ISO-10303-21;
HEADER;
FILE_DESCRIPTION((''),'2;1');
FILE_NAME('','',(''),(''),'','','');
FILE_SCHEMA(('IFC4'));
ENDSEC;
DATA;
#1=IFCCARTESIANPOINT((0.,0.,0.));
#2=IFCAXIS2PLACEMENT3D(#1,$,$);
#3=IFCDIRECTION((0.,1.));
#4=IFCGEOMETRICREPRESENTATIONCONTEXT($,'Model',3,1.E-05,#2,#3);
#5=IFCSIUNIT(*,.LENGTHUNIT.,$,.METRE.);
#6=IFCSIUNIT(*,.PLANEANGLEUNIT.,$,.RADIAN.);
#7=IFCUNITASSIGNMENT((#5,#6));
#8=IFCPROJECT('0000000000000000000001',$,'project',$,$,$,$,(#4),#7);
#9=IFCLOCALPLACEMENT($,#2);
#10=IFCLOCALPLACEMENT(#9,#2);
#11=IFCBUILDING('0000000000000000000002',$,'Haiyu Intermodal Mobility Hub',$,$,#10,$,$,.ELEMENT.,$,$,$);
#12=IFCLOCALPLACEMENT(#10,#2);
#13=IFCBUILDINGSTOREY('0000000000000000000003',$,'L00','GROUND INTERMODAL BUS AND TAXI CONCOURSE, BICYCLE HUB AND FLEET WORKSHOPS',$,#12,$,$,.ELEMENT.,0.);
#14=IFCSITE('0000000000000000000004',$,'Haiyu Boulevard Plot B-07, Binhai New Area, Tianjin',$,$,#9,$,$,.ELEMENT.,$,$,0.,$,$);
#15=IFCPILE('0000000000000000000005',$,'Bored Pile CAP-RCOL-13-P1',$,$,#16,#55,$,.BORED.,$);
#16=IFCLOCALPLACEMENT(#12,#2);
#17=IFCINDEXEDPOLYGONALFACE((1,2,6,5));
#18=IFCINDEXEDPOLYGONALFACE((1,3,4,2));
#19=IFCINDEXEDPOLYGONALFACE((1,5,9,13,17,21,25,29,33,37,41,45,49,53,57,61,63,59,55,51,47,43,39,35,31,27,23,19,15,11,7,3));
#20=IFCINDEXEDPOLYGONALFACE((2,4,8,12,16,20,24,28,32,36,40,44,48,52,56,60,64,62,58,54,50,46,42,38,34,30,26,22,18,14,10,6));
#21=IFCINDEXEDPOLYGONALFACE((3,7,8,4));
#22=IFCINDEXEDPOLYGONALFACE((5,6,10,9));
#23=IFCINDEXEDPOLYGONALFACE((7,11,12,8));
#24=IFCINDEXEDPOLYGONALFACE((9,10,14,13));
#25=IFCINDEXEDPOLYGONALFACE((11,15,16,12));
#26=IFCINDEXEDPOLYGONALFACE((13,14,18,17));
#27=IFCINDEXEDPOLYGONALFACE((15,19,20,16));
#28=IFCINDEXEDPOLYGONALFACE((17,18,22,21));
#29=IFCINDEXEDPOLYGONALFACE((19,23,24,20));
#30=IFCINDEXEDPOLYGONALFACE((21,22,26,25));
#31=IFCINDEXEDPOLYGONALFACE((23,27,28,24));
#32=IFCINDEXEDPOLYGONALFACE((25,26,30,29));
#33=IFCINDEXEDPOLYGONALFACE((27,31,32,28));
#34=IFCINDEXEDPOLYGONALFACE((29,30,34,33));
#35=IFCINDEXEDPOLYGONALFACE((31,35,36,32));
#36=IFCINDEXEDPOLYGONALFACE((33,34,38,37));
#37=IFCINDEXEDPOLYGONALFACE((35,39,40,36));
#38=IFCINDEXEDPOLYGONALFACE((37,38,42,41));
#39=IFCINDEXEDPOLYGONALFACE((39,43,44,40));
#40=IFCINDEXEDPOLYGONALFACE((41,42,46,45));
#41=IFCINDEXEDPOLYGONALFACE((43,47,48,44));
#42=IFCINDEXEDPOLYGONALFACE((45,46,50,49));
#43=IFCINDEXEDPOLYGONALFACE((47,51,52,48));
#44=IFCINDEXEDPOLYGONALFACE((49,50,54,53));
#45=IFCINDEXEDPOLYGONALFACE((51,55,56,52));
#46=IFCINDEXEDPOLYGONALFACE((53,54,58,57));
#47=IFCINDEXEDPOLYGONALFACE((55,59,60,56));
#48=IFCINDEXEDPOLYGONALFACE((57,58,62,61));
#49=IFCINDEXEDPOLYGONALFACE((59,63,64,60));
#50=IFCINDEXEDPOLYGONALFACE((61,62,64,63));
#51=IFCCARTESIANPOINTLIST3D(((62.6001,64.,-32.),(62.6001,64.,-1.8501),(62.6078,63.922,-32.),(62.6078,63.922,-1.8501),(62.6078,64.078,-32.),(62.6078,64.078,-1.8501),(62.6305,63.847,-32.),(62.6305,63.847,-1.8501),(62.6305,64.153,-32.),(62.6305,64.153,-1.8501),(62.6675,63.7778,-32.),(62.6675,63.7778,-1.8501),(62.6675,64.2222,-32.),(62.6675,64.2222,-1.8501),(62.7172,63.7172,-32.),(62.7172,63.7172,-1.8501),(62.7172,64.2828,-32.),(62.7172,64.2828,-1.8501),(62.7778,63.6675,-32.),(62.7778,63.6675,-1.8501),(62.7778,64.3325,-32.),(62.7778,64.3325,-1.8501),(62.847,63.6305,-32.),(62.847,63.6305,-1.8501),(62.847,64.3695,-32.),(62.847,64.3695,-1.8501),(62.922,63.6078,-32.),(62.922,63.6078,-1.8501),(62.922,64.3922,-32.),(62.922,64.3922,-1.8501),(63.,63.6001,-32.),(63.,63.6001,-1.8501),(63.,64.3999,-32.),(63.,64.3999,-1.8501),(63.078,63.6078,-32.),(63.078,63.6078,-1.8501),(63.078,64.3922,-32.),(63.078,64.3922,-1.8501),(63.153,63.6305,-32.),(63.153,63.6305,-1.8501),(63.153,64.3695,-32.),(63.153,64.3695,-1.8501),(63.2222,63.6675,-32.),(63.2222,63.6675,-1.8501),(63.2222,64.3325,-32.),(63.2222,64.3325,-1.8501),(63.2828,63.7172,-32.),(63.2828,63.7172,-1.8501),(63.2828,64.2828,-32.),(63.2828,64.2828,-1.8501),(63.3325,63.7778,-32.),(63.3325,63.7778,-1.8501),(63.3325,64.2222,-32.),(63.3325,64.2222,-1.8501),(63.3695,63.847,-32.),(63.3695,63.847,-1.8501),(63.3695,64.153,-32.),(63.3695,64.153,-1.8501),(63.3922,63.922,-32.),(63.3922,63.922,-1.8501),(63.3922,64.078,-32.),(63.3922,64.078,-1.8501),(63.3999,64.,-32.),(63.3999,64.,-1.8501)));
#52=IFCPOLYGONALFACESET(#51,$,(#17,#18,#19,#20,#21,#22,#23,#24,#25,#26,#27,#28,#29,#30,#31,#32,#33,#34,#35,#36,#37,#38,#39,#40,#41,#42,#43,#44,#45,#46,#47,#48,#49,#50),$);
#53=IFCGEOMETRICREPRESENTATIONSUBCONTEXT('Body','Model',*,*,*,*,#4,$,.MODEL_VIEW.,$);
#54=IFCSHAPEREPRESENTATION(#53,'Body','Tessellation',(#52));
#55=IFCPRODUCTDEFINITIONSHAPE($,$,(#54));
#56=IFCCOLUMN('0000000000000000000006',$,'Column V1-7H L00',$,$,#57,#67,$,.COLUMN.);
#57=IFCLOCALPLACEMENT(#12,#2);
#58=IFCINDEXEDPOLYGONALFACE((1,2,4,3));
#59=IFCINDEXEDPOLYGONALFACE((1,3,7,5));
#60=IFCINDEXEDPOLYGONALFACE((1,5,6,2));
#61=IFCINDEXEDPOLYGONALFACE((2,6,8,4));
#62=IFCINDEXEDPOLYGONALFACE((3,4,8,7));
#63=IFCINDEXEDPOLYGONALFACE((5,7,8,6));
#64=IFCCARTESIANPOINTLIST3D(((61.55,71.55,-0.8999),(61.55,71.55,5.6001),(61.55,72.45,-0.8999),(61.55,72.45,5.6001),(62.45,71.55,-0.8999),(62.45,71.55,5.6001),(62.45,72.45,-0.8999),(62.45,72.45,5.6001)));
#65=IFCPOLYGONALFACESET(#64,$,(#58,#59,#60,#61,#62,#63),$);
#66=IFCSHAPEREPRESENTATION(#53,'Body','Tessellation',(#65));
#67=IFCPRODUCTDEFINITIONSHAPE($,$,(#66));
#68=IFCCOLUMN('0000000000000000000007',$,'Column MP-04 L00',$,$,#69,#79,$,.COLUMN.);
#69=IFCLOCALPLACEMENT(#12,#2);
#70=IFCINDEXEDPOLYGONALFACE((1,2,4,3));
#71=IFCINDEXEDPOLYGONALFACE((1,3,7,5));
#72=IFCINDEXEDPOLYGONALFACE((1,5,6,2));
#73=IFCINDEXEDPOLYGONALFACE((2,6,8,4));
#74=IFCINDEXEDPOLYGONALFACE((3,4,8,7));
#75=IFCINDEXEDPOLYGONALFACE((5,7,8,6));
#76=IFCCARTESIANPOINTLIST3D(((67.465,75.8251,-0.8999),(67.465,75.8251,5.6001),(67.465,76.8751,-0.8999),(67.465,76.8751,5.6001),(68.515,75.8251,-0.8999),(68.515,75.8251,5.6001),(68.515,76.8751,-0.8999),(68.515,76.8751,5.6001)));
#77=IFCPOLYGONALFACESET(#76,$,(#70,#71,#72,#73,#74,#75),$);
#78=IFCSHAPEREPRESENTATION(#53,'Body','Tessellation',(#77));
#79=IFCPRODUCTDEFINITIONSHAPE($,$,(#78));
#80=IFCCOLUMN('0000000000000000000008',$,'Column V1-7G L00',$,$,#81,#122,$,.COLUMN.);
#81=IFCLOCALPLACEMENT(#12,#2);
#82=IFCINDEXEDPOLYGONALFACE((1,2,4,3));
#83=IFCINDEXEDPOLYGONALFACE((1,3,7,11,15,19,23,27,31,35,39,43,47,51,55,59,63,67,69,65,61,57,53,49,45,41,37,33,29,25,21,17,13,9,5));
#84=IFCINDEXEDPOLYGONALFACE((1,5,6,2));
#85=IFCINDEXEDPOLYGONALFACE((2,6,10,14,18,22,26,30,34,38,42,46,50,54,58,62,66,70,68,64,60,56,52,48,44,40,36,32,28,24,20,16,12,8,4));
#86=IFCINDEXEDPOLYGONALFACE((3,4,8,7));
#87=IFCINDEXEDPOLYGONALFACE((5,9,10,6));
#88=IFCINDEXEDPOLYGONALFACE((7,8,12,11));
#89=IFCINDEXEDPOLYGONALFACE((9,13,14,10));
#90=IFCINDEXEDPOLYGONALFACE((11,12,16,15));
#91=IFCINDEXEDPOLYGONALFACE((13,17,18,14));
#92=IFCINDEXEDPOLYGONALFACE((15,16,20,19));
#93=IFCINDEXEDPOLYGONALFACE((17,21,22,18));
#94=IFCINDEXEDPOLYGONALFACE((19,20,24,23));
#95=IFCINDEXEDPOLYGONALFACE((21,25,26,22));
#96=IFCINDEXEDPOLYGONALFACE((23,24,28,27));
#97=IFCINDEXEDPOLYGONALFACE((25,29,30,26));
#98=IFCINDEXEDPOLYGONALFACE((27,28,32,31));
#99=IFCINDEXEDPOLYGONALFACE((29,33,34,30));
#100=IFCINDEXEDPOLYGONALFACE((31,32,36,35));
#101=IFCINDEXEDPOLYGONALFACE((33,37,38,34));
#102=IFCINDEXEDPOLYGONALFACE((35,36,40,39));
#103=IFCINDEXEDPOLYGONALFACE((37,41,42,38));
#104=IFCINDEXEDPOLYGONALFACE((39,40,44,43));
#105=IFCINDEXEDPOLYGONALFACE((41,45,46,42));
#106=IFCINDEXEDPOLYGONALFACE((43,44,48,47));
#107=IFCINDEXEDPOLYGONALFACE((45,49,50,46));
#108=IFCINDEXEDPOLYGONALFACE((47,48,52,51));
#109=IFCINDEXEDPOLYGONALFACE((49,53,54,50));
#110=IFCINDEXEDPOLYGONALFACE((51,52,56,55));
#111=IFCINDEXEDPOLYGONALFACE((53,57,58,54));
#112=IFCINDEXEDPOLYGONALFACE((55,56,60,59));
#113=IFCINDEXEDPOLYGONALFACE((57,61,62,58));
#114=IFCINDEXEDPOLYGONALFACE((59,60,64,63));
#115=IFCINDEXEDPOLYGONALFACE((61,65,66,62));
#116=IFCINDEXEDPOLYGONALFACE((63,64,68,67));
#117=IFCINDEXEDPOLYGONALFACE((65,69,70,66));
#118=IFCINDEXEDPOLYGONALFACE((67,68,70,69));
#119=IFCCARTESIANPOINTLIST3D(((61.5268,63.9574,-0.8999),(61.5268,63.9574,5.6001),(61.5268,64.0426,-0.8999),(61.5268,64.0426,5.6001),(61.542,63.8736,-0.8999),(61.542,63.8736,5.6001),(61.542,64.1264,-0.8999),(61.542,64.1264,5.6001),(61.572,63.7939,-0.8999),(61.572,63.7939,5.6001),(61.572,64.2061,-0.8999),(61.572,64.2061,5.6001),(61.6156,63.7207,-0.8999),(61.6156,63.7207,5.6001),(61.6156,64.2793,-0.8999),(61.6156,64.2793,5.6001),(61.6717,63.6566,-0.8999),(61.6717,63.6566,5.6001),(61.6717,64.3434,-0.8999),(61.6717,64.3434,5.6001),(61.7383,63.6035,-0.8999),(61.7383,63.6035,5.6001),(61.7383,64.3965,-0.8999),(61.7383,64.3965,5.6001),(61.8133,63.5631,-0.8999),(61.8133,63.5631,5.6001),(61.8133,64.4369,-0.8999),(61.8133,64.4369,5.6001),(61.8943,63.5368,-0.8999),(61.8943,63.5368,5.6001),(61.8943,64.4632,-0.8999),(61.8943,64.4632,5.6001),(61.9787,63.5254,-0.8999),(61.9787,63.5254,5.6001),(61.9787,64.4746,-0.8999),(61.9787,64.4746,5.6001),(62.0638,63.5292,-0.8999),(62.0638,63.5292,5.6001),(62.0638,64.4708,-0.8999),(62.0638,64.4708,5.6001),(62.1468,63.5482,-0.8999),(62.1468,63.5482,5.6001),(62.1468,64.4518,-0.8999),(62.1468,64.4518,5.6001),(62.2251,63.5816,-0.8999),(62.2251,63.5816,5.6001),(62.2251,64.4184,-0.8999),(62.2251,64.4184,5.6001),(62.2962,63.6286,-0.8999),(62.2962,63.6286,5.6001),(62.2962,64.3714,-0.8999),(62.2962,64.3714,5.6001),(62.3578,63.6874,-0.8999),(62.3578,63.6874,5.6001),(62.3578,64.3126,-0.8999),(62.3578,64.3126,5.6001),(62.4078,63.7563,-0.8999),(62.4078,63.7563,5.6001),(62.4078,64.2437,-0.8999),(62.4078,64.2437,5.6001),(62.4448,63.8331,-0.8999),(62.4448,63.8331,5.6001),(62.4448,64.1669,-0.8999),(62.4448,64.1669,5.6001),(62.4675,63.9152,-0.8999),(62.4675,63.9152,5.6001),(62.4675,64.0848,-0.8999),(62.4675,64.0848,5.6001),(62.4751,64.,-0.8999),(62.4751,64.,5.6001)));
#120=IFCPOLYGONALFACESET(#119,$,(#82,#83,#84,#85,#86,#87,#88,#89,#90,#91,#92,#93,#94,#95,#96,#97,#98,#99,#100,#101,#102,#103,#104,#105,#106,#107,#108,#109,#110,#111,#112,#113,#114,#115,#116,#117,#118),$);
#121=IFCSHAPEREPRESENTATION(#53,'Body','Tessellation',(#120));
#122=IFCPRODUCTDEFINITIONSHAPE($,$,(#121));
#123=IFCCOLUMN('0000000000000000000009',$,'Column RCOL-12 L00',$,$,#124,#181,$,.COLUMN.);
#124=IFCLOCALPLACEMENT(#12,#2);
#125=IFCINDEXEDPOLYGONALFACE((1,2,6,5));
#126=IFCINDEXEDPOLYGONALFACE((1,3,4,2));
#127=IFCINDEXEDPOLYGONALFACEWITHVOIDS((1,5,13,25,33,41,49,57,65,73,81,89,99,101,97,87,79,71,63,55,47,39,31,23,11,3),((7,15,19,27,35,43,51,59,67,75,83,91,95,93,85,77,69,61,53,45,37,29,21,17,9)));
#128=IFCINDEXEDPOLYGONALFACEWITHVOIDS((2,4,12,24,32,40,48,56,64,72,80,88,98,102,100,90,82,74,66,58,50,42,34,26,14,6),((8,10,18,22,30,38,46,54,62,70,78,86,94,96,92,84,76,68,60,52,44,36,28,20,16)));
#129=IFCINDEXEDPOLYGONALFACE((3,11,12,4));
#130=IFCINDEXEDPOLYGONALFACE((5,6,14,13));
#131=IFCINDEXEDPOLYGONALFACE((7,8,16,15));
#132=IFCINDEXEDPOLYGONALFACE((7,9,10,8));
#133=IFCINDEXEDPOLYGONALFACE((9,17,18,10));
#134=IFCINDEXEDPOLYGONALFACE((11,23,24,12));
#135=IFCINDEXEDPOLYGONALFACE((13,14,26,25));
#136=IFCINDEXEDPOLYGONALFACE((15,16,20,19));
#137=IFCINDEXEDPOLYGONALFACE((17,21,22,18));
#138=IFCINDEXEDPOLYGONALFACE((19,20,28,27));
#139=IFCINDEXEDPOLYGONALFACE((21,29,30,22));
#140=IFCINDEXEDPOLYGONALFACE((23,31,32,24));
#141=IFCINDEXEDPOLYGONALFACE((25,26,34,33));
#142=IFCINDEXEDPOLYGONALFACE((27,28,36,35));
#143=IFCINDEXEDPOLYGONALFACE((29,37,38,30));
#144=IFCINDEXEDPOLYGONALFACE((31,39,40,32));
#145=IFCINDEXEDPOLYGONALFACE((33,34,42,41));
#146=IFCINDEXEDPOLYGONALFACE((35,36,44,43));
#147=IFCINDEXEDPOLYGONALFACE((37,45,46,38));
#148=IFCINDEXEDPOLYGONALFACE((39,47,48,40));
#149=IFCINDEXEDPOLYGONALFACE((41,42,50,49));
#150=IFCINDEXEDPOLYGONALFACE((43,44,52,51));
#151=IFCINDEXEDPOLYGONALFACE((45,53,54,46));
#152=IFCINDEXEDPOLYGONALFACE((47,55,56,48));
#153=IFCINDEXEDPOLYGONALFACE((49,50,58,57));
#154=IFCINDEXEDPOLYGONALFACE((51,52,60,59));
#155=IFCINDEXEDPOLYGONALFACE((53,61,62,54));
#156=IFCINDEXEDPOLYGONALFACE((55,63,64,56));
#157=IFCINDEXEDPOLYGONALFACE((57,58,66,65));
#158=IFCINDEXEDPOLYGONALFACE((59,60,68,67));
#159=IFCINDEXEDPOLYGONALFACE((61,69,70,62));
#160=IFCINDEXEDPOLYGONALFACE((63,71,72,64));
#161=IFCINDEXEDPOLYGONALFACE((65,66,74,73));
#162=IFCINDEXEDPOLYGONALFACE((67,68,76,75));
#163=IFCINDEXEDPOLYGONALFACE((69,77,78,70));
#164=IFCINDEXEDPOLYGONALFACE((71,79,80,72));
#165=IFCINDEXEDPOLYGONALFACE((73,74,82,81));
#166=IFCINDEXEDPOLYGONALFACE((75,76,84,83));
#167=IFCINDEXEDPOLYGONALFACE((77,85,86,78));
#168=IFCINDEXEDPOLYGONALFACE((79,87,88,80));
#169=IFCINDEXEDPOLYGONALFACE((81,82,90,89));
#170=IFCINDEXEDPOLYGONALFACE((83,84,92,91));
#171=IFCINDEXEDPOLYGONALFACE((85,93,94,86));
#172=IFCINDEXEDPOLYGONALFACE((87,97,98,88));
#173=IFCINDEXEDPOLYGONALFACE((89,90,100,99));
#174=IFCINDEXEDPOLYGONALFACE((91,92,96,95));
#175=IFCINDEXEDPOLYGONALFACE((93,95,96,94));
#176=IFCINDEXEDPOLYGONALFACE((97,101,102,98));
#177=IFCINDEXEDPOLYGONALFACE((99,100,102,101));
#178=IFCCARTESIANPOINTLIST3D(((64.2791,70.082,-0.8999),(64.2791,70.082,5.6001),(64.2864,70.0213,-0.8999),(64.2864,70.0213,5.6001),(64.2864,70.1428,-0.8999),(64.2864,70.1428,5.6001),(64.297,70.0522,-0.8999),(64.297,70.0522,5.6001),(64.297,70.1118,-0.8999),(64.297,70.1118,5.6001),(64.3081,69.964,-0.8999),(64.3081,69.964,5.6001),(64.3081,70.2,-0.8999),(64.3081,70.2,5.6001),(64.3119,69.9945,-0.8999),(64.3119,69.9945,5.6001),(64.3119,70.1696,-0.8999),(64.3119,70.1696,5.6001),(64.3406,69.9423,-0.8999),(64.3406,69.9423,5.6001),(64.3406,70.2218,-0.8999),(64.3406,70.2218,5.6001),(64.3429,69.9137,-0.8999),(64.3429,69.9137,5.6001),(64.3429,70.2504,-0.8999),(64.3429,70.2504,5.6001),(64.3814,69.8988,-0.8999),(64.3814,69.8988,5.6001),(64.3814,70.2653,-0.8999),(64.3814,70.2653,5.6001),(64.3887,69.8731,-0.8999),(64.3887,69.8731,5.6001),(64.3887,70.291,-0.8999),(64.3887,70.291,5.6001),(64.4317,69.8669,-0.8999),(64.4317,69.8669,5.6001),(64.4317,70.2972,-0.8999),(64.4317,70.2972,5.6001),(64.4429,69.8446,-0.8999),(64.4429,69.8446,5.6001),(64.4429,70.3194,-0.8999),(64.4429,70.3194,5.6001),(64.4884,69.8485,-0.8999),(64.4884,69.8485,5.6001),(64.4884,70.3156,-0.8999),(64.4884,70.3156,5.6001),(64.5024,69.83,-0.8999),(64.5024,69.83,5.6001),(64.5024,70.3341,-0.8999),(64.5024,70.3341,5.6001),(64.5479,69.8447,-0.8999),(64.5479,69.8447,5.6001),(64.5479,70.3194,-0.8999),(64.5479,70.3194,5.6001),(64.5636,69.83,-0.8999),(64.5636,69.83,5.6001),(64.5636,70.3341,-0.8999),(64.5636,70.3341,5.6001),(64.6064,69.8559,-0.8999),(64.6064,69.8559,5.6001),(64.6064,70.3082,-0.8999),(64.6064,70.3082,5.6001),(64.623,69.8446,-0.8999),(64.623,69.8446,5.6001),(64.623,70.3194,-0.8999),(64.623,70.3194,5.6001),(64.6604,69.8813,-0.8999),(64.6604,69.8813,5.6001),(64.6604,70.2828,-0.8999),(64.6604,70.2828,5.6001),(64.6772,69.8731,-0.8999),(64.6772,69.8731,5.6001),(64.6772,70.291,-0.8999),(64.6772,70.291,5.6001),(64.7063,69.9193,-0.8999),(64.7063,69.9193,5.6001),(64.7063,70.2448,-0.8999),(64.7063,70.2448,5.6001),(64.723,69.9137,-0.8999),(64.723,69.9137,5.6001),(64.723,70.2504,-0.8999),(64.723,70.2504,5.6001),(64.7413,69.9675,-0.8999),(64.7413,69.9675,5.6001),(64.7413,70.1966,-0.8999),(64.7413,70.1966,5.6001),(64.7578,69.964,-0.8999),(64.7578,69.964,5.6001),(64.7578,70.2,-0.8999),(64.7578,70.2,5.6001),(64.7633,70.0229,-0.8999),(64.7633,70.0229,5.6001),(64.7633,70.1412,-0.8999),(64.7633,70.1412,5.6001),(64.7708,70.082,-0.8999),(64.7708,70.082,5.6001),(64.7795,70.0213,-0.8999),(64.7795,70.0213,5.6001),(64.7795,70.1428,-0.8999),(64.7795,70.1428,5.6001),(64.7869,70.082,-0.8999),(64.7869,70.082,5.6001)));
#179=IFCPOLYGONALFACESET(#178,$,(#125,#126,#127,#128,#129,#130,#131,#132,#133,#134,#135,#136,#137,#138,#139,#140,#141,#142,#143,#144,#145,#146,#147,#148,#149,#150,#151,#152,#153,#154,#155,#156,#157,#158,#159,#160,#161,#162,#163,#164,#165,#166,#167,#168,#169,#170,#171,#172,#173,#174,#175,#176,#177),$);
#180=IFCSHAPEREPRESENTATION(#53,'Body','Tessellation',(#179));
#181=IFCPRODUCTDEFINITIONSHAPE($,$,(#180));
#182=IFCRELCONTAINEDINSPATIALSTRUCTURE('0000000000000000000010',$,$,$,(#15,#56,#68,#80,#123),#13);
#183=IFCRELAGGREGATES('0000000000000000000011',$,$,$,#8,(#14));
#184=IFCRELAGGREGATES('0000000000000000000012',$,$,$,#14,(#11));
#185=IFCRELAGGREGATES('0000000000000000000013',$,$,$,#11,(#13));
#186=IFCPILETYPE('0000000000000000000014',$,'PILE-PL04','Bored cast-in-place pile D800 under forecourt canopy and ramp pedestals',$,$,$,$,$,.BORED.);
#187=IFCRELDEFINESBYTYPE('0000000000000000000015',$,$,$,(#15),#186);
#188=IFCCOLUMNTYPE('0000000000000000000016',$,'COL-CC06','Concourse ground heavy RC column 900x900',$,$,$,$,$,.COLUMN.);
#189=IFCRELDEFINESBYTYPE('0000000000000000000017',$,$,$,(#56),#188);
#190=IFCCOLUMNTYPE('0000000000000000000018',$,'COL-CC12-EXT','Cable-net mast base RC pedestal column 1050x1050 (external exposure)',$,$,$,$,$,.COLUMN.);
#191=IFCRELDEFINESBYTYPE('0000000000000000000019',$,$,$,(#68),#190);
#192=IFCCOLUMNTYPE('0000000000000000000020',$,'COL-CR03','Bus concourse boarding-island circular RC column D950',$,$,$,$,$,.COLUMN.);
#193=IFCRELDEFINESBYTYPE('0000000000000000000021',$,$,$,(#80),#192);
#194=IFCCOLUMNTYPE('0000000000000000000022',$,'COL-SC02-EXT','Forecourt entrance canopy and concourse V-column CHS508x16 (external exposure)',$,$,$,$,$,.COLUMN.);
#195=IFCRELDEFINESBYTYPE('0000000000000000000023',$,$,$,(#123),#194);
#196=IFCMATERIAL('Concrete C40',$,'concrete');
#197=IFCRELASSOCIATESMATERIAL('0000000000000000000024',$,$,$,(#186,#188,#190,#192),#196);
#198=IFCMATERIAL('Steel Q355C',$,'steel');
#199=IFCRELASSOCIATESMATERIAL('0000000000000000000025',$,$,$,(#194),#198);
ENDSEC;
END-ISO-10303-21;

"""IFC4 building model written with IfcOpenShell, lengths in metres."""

from ifc_helpers import new_model, si_unit, direction, frame, origin, origin_2d, place, context, subcontext, project, spatial, rectangle, circle, hollow_circle, extrude, material, material_profile, profile_set, type_object, element, save


model = new_model("IFC4")

# Units and contexts
model_context = context("Model", 3, precision=1e-05, world=origin(), true_north=direction((0.0, 1.0)))
body_context = subcontext(model_context, "Body", "Model", "MODEL_VIEW")
ifc_project = project(units=[si_unit("LENGTHUNIT", "METRE"), si_unit("PLANEANGLEUNIT", "RADIAN")], contexts=[model_context])

# Site, building, storey
site_placement = place(None, origin())
site = spatial("IfcSite", under=ifc_project, at=site_placement, Name="Haiyu Boulevard Plot B-07, Binhai New Area, Tianjin", CompositionType="ELEMENT", RefElevation=0.0)
building_placement = place(site_placement, origin())
building = spatial("IfcBuilding", under=site, at=building_placement, Name="Haiyu Intermodal Mobility Hub", CompositionType="ELEMENT")
storey_placement = place(building_placement, origin())
storey = spatial("IfcBuildingStorey", under=building, at=storey_placement, Name="L00", Description="GROUND INTERMODAL BUS AND TAXI CONCOURSE, BICYCLE HUB AND FLEET WORKSHOPS", CompositionType="ELEMENT", Elevation=0.0)

# Shared definitions
ifc_material_1 = material(Name="Concrete C40", Category="concrete")

# Pile
ifc_material_profile_1 = material_profile(ifc_material_1, circle(Radius=0.3999, at=origin_2d()), Name="PILE-D800")
ifc_profile_set_1 = profile_set([ifc_material_profile_1], Name="Concrete C40")
pile_type_1 = type_object("IfcPileType", Name="PILE-PL04", Description="Bored cast-in-place pile D800 under forecourt canopy and ramp pedestals", PredefinedType="BORED", material=ifc_profile_set_1)
for number, where, z_axis, x_axis, name in (
    (1, (63.0, 64.0, -1.8501), (0.0, 0.0, -1.0), (1.0, 0.0, 0.0), "Bored Pile CAP-RCOL-13-P1"),
):
    element("IfcPile", number, at=place(storey_placement, frame(where, z_axis=z_axis, x_axis=x_axis)), inside=storey, type_object=pile_type_1, Name=name, PredefinedType="BORED", context=body_context, shape_type="SweptSolid", body=[
        extrude(circle(Radius=0.3999, at=origin_2d()), origin(), (0.0, 0.0, 1.0), 30.1499),
    ])

# Columns
ifc_material_profile_2 = material_profile(ifc_material_1, rectangle(XDim=0.8999, YDim=0.8999, at=origin_2d()), Name="RC900x900")
ifc_profile_set_2 = profile_set([ifc_material_profile_2], Name="Concrete C40")
column_type_1 = type_object("IfcColumnType", Name="COL-CC06", Description="Concourse ground heavy RC column 900x900", PredefinedType="COLUMN", material=ifc_profile_set_2)
column_1_placement = place(storey_placement, frame((62.0, 72.0, -0.8999), z_axis=(0.0, 0.0, 1.0), x_axis=(1.0, 0.0, 0.0)))
element("IfcColumn", 2, at=column_1_placement, inside=storey, type_object=column_type_1, Name="Column V1-7H L00", PredefinedType="COLUMN", context=body_context, shape_type="SweptSolid", body=[
    extrude(rectangle(XDim=0.8999, YDim=0.8999, at=origin_2d()), origin(), (0.0, 0.0, 1.0), 6.5),
])
ifc_material_profile_3 = material_profile(ifc_material_1, rectangle(XDim=1.05, YDim=1.05, at=origin_2d()), Name="RC1050x1050")
ifc_profile_set_3 = profile_set([ifc_material_profile_3], Name="Concrete C40")
column_type_2 = type_object("IfcColumnType", Name="COL-CC12-EXT", Description="Cable-net mast base RC pedestal column 1050x1050 (external exposure)", PredefinedType="COLUMN", material=ifc_profile_set_3)
column_2_placement = place(storey_placement, frame((67.99, 76.3501, -0.8999), z_axis=(0.0, 0.0, 1.0), x_axis=(1.0, 0.0, 0.0)))
element("IfcColumn", 3, at=column_2_placement, inside=storey, type_object=column_type_2, Name="Column MP-04 L00", PredefinedType="COLUMN", context=body_context, shape_type="SweptSolid", body=[
    extrude(rectangle(XDim=1.05, YDim=1.05, at=origin_2d()), origin(), (0.0, 0.0, 1.0), 6.5),
])
ifc_material_profile_4 = material_profile(ifc_material_1, circle(Radius=0.4751, at=origin_2d()), Name="RCCOL-D950")
ifc_profile_set_4 = profile_set([ifc_material_profile_4], Name="Concrete C40")
column_type_3 = type_object("IfcColumnType", Name="COL-CR03", Description="Bus concourse boarding-island circular RC column D950", PredefinedType="COLUMN", material=ifc_profile_set_4)
column_3_placement = place(storey_placement, frame((62.0, 64.0, -0.8999), z_axis=(0.0, 0.0, 1.0), x_axis=(1.0, 0.0, 0.0)))
element("IfcColumn", 4, at=column_3_placement, inside=storey, type_object=column_type_3, Name="Column V1-7G L00", PredefinedType="COLUMN", context=body_context, shape_type="SweptSolid", body=[
    extrude(circle(Radius=0.4751, at=origin_2d()), origin(), (0.0, 0.0, 1.0), 6.5),
])
ifc_material_2 = material(Name="Steel Q355C", Category="steel")
ifc_material_profile_5 = material_profile(ifc_material_2, hollow_circle(Radius=0.2539, WallThickness=0.0161, at=origin_2d()), Name="CHS508x16")
ifc_profile_set_5 = profile_set([ifc_material_profile_5], Name="Steel Q355C")
column_type_4 = type_object("IfcColumnType", Name="COL-SC02-EXT", Description="Forecourt entrance canopy and concourse V-column CHS508x16 (external exposure)", PredefinedType="COLUMN", material=ifc_profile_set_5)
for number, where, z_axis, x_axis, name in (
    (5, (64.533, 70.082, -0.8999), (0.0, 0.0, 1.0), (1.0, 0.0, 0.0), "Column RCOL-12 L00"),
):
    element("IfcColumn", number, at=place(storey_placement, frame(where, z_axis=z_axis, x_axis=x_axis)), inside=storey, type_object=column_type_4, Name=name, PredefinedType="COLUMN", context=body_context, shape_type="SweptSolid", body=[
        extrude(hollow_circle(Radius=0.2539, WallThickness=0.0161, at=origin_2d()), origin(), (0.0, 0.0, 1.0), 6.5),
    ])

save(model, "model.ifc")
